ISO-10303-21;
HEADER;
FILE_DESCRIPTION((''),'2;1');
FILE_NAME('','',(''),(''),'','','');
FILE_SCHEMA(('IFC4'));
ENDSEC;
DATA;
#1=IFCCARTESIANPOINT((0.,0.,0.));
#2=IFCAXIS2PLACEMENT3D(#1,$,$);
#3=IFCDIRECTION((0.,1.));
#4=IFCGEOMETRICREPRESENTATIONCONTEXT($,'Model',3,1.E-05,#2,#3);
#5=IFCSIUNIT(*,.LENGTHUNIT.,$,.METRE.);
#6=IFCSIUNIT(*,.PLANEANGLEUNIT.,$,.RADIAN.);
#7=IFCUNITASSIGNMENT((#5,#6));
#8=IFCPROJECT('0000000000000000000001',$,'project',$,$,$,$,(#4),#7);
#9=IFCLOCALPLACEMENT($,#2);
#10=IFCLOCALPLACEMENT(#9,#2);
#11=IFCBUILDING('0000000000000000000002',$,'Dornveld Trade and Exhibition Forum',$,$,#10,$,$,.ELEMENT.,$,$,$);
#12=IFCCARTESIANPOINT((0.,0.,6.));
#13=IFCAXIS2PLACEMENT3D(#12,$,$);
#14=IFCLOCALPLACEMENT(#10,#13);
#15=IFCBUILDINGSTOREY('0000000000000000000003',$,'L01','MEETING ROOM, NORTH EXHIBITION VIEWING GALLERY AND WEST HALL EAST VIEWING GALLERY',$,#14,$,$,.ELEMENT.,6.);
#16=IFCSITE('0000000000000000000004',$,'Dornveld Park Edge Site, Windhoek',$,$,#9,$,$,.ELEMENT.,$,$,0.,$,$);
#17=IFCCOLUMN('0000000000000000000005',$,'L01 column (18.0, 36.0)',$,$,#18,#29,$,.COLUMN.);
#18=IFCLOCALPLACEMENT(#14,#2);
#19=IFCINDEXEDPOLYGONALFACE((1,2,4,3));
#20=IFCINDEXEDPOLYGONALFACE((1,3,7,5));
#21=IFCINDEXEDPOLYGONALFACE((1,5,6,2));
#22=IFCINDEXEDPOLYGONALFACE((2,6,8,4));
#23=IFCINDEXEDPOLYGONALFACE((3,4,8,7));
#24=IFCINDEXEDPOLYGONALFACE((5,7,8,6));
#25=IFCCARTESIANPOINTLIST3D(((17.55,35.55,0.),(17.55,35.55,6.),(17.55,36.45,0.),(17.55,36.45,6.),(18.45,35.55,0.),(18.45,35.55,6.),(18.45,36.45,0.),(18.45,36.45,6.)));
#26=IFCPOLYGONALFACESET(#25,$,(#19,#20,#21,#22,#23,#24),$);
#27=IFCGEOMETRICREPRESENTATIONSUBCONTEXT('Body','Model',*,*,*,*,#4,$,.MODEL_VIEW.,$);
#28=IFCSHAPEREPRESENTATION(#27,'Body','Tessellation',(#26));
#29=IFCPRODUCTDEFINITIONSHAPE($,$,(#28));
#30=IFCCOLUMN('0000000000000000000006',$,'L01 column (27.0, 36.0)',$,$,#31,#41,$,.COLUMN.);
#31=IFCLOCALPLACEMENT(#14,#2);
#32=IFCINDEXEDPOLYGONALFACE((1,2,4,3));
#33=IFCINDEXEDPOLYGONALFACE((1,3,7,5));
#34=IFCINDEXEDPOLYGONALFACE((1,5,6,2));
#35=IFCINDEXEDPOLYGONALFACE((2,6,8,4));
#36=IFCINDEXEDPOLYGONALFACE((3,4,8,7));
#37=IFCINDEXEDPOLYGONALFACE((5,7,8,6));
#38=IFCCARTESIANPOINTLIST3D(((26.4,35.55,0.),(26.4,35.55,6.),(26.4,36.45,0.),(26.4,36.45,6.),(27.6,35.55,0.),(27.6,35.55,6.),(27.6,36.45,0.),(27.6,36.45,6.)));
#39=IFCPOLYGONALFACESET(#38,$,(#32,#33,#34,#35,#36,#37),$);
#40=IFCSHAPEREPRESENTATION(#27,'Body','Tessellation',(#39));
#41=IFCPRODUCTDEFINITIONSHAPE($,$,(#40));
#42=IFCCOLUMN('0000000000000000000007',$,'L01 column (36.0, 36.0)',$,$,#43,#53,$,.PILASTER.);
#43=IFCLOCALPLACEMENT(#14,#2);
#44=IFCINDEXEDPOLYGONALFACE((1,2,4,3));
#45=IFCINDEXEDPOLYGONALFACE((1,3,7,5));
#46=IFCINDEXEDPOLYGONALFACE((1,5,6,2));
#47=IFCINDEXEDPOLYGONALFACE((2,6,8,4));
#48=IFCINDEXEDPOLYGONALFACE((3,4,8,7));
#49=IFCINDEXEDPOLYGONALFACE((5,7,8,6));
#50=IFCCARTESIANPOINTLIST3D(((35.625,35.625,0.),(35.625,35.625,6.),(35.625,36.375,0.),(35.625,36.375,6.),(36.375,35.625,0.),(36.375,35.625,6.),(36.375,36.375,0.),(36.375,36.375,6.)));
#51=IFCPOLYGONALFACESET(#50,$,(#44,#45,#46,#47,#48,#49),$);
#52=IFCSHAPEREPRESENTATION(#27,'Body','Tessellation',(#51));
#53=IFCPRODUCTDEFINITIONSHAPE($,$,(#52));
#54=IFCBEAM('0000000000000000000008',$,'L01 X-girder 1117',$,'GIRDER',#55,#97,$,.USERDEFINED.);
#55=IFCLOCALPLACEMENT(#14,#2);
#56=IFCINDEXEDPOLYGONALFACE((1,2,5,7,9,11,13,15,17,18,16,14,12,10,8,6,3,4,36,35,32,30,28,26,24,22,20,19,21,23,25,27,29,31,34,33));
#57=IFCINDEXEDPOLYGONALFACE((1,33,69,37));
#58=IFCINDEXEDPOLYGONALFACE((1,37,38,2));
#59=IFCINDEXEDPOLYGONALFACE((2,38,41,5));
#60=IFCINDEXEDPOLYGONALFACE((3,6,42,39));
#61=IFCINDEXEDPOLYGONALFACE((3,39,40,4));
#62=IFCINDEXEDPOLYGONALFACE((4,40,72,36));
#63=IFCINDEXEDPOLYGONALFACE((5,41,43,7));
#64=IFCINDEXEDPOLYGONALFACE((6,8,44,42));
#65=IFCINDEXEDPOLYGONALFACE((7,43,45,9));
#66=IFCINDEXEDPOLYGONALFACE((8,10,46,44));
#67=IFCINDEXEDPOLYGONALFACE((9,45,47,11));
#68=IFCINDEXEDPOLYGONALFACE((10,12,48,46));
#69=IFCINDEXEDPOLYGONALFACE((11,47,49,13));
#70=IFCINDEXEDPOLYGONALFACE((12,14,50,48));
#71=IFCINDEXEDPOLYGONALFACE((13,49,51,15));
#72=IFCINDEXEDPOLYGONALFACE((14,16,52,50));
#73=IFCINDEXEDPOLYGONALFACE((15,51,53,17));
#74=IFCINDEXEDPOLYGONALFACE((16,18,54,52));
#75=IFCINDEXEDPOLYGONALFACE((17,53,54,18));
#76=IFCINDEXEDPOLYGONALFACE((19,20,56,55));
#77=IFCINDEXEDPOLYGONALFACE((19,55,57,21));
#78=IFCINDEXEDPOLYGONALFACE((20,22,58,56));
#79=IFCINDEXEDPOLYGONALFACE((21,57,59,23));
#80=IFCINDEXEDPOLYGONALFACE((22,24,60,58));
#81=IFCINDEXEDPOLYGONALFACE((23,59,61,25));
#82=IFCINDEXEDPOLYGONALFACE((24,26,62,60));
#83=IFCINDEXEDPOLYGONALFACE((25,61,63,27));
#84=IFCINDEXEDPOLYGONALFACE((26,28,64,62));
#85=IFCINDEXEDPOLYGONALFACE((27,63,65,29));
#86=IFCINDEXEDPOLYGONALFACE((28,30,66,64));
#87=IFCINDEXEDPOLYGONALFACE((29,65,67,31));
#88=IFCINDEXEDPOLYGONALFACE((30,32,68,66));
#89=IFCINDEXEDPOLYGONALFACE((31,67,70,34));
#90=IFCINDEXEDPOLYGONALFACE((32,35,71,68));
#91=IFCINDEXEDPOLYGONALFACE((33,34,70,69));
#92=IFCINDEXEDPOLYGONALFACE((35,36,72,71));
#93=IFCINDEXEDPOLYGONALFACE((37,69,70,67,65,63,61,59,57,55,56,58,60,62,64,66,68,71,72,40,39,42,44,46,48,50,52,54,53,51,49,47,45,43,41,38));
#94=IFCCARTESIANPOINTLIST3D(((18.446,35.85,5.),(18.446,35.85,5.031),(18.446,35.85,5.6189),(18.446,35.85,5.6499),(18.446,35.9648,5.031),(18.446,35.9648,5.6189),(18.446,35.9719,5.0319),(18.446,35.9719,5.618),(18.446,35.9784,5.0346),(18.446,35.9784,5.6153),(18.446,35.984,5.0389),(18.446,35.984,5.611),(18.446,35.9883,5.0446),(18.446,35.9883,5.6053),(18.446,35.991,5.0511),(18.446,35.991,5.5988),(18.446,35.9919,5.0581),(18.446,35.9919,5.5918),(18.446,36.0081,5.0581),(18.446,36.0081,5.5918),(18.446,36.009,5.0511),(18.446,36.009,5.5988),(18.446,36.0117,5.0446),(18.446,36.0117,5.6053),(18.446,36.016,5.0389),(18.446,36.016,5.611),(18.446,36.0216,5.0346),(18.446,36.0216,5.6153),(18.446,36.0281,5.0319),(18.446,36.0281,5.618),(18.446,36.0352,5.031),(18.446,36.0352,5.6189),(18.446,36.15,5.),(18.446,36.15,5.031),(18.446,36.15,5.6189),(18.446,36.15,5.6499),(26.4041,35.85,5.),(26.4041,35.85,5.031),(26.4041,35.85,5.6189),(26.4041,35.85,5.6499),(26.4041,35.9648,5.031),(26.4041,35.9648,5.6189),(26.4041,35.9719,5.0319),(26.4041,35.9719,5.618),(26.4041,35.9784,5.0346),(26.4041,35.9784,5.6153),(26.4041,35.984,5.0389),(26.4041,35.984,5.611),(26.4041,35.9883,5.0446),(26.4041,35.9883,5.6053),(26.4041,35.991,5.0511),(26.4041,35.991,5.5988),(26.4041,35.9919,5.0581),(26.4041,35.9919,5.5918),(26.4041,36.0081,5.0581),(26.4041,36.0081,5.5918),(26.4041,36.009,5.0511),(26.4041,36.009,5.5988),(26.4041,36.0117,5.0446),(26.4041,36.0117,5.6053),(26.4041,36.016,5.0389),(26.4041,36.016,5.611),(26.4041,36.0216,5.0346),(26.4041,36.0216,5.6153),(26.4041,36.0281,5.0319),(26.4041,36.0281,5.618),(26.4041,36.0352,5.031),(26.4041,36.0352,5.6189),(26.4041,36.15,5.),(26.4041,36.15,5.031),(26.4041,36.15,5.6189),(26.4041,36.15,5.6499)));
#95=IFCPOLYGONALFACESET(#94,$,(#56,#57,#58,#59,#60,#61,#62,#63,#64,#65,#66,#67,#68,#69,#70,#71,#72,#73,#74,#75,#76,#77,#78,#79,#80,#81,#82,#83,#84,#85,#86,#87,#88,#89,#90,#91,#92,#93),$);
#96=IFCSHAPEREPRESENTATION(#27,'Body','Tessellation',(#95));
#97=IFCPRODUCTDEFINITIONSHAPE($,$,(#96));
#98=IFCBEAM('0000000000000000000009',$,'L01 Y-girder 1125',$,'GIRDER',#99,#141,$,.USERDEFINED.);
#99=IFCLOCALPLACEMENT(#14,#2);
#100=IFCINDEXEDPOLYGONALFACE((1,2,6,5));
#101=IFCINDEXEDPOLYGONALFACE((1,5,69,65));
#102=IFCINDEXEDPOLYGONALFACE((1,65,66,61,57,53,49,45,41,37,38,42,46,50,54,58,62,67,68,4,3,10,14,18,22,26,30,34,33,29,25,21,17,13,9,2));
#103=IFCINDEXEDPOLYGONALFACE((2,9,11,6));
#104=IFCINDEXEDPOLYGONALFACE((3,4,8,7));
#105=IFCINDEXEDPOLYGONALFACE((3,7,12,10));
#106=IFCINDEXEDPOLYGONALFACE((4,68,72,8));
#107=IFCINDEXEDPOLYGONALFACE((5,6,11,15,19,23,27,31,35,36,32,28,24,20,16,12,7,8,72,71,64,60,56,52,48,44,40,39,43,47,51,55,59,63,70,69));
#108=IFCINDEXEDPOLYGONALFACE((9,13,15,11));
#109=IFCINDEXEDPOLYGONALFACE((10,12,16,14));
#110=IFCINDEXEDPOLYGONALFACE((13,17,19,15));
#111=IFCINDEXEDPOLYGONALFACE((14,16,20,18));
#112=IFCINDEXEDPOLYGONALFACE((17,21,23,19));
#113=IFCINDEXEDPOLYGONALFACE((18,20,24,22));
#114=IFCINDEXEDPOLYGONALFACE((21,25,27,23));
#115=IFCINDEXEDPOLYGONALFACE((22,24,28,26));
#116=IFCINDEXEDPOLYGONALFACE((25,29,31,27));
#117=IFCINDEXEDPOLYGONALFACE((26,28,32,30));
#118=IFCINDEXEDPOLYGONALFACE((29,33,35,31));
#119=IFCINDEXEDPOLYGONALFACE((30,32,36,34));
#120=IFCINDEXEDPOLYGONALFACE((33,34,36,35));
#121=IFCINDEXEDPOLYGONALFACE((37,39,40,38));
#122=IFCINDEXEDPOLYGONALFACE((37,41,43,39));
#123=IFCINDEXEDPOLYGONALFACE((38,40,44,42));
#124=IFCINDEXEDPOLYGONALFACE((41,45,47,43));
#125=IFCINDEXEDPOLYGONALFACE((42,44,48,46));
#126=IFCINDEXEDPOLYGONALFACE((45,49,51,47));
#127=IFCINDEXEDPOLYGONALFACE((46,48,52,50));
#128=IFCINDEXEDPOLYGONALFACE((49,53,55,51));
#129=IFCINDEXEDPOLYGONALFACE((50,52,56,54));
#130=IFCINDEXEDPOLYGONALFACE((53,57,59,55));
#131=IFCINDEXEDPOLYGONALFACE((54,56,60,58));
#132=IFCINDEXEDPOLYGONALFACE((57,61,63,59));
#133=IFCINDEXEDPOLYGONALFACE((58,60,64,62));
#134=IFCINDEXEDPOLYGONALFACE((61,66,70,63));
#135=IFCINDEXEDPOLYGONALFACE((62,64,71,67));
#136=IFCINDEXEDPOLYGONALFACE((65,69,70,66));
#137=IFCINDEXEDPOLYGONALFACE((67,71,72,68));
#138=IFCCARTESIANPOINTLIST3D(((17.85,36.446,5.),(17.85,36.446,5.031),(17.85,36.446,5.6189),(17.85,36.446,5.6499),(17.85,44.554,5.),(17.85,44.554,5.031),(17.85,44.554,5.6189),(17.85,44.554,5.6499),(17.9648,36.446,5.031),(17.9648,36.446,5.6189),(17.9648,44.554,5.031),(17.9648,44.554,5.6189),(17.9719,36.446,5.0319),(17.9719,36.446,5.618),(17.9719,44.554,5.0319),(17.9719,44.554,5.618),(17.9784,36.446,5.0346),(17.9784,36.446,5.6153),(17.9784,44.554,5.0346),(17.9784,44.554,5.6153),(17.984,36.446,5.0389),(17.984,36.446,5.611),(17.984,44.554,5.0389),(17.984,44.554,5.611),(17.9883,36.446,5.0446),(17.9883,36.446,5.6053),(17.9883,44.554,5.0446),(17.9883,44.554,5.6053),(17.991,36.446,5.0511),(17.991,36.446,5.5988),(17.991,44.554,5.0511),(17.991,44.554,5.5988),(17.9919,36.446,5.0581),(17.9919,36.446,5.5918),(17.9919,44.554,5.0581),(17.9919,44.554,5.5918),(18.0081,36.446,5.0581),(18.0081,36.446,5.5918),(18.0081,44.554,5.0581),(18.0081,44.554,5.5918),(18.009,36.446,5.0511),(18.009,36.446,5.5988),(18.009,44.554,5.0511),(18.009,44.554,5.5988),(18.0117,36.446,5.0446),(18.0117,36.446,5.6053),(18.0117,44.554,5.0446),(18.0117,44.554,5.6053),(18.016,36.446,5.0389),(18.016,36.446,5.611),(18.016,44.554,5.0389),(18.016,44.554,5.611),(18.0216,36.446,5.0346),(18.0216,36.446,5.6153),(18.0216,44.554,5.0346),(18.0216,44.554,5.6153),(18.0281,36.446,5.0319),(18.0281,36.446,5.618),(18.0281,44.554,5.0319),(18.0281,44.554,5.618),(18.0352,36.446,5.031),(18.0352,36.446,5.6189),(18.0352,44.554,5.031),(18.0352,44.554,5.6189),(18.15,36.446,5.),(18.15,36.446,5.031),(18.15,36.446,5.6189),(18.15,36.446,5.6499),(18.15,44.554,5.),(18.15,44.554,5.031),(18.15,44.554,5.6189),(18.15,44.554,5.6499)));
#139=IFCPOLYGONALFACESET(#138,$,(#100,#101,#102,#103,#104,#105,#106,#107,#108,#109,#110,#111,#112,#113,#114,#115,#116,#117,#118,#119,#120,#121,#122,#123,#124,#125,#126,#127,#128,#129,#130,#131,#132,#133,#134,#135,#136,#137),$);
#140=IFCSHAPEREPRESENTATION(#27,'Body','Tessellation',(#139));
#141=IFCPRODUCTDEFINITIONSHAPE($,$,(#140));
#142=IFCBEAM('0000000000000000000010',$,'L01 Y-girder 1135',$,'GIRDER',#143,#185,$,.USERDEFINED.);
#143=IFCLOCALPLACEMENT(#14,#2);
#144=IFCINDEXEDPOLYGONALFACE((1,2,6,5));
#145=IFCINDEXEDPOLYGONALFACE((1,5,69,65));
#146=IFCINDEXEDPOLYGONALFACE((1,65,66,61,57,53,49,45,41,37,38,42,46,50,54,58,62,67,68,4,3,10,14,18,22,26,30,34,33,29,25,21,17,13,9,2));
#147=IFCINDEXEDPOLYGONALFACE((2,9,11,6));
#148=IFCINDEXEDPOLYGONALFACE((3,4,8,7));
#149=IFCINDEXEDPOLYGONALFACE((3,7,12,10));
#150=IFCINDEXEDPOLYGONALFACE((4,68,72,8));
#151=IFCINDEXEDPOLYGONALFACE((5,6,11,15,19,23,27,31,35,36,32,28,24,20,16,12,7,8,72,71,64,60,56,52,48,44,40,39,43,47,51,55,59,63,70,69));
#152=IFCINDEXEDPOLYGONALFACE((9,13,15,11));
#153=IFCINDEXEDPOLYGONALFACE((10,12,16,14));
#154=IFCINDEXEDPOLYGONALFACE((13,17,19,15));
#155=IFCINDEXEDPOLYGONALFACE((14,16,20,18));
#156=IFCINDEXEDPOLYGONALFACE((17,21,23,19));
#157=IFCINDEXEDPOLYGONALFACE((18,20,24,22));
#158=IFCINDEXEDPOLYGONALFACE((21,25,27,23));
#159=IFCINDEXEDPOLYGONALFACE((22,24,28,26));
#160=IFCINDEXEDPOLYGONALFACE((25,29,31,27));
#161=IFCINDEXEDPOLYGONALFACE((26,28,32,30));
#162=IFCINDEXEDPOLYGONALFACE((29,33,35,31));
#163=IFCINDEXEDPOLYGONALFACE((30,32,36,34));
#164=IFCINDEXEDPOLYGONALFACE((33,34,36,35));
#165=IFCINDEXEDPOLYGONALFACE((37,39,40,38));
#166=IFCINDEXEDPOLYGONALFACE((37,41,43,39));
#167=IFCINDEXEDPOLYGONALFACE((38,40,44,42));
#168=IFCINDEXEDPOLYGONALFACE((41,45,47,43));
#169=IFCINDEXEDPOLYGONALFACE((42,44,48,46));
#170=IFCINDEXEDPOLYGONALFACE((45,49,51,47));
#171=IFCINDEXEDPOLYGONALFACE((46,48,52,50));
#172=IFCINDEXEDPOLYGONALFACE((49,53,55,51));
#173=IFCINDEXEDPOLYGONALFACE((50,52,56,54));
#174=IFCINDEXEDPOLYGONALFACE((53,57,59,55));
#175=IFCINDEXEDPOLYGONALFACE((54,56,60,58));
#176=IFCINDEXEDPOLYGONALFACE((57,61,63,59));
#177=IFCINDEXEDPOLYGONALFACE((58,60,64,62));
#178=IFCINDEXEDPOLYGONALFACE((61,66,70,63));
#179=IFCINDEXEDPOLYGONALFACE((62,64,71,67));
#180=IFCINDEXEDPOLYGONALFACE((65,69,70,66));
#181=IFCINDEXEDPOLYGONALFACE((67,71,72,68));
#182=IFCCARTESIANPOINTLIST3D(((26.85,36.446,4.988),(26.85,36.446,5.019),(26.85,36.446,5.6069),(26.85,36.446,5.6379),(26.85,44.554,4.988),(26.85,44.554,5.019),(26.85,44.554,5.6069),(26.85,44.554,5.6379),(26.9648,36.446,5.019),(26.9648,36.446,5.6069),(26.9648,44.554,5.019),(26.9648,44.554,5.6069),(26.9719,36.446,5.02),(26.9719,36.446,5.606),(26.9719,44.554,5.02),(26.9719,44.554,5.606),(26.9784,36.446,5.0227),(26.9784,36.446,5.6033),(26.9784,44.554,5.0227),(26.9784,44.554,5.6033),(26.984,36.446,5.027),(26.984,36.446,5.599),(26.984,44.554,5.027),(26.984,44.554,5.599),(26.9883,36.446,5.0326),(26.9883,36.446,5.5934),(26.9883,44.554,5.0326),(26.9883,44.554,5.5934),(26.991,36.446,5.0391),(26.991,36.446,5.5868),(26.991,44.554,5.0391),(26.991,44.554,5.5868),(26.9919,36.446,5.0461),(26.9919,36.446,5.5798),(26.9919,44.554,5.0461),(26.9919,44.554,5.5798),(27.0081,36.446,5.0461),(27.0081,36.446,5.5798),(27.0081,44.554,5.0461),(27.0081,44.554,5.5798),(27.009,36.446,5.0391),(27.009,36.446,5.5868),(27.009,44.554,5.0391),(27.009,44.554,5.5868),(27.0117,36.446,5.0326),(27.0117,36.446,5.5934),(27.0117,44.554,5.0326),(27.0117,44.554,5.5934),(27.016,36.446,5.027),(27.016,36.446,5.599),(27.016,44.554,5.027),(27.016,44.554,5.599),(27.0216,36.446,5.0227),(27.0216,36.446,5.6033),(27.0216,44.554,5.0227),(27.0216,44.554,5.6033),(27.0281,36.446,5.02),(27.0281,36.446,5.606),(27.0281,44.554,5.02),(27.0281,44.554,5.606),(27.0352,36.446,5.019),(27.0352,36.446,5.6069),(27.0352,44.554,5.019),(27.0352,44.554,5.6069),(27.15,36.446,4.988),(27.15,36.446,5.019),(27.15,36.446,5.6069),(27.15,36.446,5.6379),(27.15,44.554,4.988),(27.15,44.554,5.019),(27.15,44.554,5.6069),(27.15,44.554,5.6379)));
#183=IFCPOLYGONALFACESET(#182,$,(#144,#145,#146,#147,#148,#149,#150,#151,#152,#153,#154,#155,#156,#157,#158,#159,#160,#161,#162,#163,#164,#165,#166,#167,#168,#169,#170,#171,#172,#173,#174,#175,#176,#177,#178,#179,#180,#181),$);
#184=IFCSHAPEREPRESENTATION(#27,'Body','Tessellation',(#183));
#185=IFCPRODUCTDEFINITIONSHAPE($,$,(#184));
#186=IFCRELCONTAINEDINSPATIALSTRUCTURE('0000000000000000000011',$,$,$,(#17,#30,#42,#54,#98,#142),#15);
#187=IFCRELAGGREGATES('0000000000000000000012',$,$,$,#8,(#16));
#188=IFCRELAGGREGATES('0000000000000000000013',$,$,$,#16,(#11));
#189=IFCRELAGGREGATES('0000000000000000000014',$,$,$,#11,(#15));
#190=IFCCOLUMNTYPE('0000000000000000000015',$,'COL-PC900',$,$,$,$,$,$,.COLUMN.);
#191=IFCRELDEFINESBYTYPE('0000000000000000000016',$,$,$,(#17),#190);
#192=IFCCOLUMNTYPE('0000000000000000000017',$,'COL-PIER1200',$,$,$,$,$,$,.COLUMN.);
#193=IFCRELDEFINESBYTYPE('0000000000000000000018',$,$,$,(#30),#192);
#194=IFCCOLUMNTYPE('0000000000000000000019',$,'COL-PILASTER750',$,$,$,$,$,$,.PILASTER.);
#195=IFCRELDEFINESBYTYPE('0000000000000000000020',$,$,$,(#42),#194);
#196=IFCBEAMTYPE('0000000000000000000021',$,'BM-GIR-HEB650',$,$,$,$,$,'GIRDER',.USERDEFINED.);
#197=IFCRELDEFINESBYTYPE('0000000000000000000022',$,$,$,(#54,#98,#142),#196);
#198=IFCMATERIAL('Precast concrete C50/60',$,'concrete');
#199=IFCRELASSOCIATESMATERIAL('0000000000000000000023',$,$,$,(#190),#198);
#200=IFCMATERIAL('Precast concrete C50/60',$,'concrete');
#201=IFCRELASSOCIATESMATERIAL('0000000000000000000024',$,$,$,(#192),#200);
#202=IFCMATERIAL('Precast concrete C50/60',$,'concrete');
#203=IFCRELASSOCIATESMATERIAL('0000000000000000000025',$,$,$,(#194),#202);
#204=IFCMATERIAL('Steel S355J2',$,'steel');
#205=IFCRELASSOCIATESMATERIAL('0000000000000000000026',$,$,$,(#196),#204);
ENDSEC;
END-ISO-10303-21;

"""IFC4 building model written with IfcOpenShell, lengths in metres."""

from ifc_helpers import new_model, si_unit, direction, frame, origin, origin_2d, place, context, subcontext, project, spatial, rectangle, i_section, extrude, material, material_profile, profile_set, type_object, element, save


model = new_model("IFC4")

# Units and contexts
model_context = context("Model", 3, precision=1e-05, world=origin(), true_north=direction((0.0, 1.0)))
body_context = subcontext(model_context, "Body", "Model", "MODEL_VIEW")
ifc_project = project(units=[si_unit("LENGTHUNIT", "METRE"), si_unit("PLANEANGLEUNIT", "RADIAN")], contexts=[model_context])

# Site, building, storey
site_placement = place(None, origin())
site = spatial("IfcSite", under=ifc_project, at=site_placement, Name="Dornveld Park Edge Site, Windhoek", CompositionType="ELEMENT", RefElevation=0.0)
building_placement = place(site_placement, origin())
building = spatial("IfcBuilding", under=site, at=building_placement, Name="Dornveld Trade and Exhibition Forum", CompositionType="ELEMENT")
storey_placement = place(building_placement, frame((0.0, 0.0, 6.0)))
storey = spatial("IfcBuildingStorey", under=building, at=storey_placement, Name="L01", Description="MEETING ROOM, NORTH EXHIBITION VIEWING GALLERY AND WEST HALL EAST VIEWING GALLERY", CompositionType="ELEMENT", Elevation=6.0)

# Columns
ifc_material_1 = material(Name="Precast concrete C50/60", Category="concrete")
ifc_material_profile_1 = material_profile(ifc_material_1, rectangle(XDim=0.8999, YDim=0.8999, at=origin_2d()), Name="PC-COL 900x900")
ifc_profile_set_1 = profile_set([ifc_material_profile_1], Name="Precast concrete C50/60")
column_type_1 = type_object("IfcColumnType", Name="COL-PC900", PredefinedType="COLUMN", material=ifc_profile_set_1)
column_1_placement = place(storey_placement, frame((18.0, 36.0, 0.0), z_axis=(0.0, 0.0, 1.0), x_axis=(1.0, 0.0, 0.0)))
element("IfcColumn", 1, at=column_1_placement, inside=storey, type_object=column_type_1, Name="L01 column (18.0, 36.0)", PredefinedType="COLUMN", context=body_context, shape_type="SweptSolid", body=[
    extrude(rectangle(XDim=0.8999, YDim=0.8999, at=origin_2d()), origin(), (0.0, 0.0, 1.0), 6.0),
])
ifc_material_2 = material(Name="Precast concrete C50/60", Category="concrete")
ifc_material_profile_2 = material_profile(ifc_material_2, rectangle(XDim=1.2, YDim=0.8999, at=origin_2d()), Name="PC-PIER 1200x900")
ifc_profile_set_2 = profile_set([ifc_material_profile_2], Name="Precast concrete C50/60")
column_type_2 = type_object("IfcColumnType", Name="COL-PIER1200", PredefinedType="COLUMN", material=ifc_profile_set_2)
column_2_placement = place(storey_placement, frame((27.0, 36.0, 0.0), z_axis=(0.0, 0.0, 1.0), x_axis=(1.0, 0.0, 0.0)))
element("IfcColumn", 2, at=column_2_placement, inside=storey, type_object=column_type_2, Name="L01 column (27.0, 36.0)", PredefinedType="COLUMN", context=body_context, shape_type="SweptSolid", body=[
    extrude(rectangle(XDim=1.2, YDim=0.8999, at=origin_2d()), origin(), (0.0, 0.0, 1.0), 6.0),
])
ifc_material_3 = material(Name="Precast concrete C50/60", Category="concrete")
ifc_material_profile_3 = material_profile(ifc_material_3, rectangle(XDim=0.75, YDim=0.75, at=origin_2d()), Name="PC-COL 750x750")
ifc_profile_set_3 = profile_set([ifc_material_profile_3], Name="Precast concrete C50/60")
column_type_3 = type_object("IfcColumnType", Name="COL-PILASTER750", PredefinedType="PILASTER", material=ifc_profile_set_3)
column_3_placement = place(storey_placement, frame((36.0, 36.0, 0.0), z_axis=(0.0, 0.0, 1.0), x_axis=(1.0, 0.0, 0.0)))
element("IfcColumn", 3, at=column_3_placement, inside=storey, type_object=column_type_3, Name="L01 column (36.0, 36.0)", PredefinedType="PILASTER", context=body_context, shape_type="SweptSolid", body=[
    extrude(rectangle(XDim=0.75, YDim=0.75, at=origin_2d()), origin(), (0.0, 0.0, 1.0), 6.0),
])

# Beams
ifc_material_4 = material(Name="Steel S355J2", Category="steel")
ifc_material_profile_4 = material_profile(ifc_material_4, i_section(OverallWidth=0.3, OverallDepth=0.6499, WebThickness=0.0161, FlangeThickness=0.031, FilletRadius=0.0271, at=origin_2d()), Name="HEB 650")
ifc_profile_set_4 = profile_set([ifc_material_profile_4], Name="Steel S355J2")
beam_type_1 = type_object("IfcBeamType", Name="BM-GIR-HEB650", ElementType="GIRDER", PredefinedType="USERDEFINED", material=ifc_profile_set_4)
beam_1_placement = place(storey_placement, frame((18.446, 36.0, 5.325), z_axis=(1.0, 0.0, 0.0), x_axis=(0.0, 1.0, 0.0)))
element("IfcBeam", 4, at=beam_1_placement, inside=storey, type_object=beam_type_1, Name="L01 X-girder 1117", ObjectType="GIRDER", PredefinedType="USERDEFINED", context=body_context, shape_type="SweptSolid", body=[
    extrude(i_section(OverallWidth=0.3, OverallDepth=0.6499, WebThickness=0.0161, FlangeThickness=0.031, FilletRadius=0.0271, at=origin_2d()), origin(), (0.0, 0.0, 1.0), 7.958),
])
for number, where, z_axis, x_axis, name in (
    (5, (18.0, 36.446, 5.325), (0.0, 1.0, 0.0), (-1.0, 0.0, 0.0), "L01 Y-girder 1125"),
    (6, (27.0, 36.446, 5.313), (0.0, 1.0, 0.0), (-1.0, 0.0, 0.0), "L01 Y-girder 1135"),
):
    element("IfcBeam", number, at=place(storey_placement, frame(where, z_axis=z_axis, x_axis=x_axis)), inside=storey, type_object=beam_type_1, Name=name, ObjectType="GIRDER", PredefinedType="USERDEFINED", context=body_context, shape_type="SweptSolid", body=[
        extrude(i_section(OverallWidth=0.3, OverallDepth=0.6499, WebThickness=0.0161, FlangeThickness=0.031, FilletRadius=0.0271, at=origin_2d()), origin(), (0.0, 0.0, 1.0), 8.1079),
    ])

save(model, "model.ifc")
